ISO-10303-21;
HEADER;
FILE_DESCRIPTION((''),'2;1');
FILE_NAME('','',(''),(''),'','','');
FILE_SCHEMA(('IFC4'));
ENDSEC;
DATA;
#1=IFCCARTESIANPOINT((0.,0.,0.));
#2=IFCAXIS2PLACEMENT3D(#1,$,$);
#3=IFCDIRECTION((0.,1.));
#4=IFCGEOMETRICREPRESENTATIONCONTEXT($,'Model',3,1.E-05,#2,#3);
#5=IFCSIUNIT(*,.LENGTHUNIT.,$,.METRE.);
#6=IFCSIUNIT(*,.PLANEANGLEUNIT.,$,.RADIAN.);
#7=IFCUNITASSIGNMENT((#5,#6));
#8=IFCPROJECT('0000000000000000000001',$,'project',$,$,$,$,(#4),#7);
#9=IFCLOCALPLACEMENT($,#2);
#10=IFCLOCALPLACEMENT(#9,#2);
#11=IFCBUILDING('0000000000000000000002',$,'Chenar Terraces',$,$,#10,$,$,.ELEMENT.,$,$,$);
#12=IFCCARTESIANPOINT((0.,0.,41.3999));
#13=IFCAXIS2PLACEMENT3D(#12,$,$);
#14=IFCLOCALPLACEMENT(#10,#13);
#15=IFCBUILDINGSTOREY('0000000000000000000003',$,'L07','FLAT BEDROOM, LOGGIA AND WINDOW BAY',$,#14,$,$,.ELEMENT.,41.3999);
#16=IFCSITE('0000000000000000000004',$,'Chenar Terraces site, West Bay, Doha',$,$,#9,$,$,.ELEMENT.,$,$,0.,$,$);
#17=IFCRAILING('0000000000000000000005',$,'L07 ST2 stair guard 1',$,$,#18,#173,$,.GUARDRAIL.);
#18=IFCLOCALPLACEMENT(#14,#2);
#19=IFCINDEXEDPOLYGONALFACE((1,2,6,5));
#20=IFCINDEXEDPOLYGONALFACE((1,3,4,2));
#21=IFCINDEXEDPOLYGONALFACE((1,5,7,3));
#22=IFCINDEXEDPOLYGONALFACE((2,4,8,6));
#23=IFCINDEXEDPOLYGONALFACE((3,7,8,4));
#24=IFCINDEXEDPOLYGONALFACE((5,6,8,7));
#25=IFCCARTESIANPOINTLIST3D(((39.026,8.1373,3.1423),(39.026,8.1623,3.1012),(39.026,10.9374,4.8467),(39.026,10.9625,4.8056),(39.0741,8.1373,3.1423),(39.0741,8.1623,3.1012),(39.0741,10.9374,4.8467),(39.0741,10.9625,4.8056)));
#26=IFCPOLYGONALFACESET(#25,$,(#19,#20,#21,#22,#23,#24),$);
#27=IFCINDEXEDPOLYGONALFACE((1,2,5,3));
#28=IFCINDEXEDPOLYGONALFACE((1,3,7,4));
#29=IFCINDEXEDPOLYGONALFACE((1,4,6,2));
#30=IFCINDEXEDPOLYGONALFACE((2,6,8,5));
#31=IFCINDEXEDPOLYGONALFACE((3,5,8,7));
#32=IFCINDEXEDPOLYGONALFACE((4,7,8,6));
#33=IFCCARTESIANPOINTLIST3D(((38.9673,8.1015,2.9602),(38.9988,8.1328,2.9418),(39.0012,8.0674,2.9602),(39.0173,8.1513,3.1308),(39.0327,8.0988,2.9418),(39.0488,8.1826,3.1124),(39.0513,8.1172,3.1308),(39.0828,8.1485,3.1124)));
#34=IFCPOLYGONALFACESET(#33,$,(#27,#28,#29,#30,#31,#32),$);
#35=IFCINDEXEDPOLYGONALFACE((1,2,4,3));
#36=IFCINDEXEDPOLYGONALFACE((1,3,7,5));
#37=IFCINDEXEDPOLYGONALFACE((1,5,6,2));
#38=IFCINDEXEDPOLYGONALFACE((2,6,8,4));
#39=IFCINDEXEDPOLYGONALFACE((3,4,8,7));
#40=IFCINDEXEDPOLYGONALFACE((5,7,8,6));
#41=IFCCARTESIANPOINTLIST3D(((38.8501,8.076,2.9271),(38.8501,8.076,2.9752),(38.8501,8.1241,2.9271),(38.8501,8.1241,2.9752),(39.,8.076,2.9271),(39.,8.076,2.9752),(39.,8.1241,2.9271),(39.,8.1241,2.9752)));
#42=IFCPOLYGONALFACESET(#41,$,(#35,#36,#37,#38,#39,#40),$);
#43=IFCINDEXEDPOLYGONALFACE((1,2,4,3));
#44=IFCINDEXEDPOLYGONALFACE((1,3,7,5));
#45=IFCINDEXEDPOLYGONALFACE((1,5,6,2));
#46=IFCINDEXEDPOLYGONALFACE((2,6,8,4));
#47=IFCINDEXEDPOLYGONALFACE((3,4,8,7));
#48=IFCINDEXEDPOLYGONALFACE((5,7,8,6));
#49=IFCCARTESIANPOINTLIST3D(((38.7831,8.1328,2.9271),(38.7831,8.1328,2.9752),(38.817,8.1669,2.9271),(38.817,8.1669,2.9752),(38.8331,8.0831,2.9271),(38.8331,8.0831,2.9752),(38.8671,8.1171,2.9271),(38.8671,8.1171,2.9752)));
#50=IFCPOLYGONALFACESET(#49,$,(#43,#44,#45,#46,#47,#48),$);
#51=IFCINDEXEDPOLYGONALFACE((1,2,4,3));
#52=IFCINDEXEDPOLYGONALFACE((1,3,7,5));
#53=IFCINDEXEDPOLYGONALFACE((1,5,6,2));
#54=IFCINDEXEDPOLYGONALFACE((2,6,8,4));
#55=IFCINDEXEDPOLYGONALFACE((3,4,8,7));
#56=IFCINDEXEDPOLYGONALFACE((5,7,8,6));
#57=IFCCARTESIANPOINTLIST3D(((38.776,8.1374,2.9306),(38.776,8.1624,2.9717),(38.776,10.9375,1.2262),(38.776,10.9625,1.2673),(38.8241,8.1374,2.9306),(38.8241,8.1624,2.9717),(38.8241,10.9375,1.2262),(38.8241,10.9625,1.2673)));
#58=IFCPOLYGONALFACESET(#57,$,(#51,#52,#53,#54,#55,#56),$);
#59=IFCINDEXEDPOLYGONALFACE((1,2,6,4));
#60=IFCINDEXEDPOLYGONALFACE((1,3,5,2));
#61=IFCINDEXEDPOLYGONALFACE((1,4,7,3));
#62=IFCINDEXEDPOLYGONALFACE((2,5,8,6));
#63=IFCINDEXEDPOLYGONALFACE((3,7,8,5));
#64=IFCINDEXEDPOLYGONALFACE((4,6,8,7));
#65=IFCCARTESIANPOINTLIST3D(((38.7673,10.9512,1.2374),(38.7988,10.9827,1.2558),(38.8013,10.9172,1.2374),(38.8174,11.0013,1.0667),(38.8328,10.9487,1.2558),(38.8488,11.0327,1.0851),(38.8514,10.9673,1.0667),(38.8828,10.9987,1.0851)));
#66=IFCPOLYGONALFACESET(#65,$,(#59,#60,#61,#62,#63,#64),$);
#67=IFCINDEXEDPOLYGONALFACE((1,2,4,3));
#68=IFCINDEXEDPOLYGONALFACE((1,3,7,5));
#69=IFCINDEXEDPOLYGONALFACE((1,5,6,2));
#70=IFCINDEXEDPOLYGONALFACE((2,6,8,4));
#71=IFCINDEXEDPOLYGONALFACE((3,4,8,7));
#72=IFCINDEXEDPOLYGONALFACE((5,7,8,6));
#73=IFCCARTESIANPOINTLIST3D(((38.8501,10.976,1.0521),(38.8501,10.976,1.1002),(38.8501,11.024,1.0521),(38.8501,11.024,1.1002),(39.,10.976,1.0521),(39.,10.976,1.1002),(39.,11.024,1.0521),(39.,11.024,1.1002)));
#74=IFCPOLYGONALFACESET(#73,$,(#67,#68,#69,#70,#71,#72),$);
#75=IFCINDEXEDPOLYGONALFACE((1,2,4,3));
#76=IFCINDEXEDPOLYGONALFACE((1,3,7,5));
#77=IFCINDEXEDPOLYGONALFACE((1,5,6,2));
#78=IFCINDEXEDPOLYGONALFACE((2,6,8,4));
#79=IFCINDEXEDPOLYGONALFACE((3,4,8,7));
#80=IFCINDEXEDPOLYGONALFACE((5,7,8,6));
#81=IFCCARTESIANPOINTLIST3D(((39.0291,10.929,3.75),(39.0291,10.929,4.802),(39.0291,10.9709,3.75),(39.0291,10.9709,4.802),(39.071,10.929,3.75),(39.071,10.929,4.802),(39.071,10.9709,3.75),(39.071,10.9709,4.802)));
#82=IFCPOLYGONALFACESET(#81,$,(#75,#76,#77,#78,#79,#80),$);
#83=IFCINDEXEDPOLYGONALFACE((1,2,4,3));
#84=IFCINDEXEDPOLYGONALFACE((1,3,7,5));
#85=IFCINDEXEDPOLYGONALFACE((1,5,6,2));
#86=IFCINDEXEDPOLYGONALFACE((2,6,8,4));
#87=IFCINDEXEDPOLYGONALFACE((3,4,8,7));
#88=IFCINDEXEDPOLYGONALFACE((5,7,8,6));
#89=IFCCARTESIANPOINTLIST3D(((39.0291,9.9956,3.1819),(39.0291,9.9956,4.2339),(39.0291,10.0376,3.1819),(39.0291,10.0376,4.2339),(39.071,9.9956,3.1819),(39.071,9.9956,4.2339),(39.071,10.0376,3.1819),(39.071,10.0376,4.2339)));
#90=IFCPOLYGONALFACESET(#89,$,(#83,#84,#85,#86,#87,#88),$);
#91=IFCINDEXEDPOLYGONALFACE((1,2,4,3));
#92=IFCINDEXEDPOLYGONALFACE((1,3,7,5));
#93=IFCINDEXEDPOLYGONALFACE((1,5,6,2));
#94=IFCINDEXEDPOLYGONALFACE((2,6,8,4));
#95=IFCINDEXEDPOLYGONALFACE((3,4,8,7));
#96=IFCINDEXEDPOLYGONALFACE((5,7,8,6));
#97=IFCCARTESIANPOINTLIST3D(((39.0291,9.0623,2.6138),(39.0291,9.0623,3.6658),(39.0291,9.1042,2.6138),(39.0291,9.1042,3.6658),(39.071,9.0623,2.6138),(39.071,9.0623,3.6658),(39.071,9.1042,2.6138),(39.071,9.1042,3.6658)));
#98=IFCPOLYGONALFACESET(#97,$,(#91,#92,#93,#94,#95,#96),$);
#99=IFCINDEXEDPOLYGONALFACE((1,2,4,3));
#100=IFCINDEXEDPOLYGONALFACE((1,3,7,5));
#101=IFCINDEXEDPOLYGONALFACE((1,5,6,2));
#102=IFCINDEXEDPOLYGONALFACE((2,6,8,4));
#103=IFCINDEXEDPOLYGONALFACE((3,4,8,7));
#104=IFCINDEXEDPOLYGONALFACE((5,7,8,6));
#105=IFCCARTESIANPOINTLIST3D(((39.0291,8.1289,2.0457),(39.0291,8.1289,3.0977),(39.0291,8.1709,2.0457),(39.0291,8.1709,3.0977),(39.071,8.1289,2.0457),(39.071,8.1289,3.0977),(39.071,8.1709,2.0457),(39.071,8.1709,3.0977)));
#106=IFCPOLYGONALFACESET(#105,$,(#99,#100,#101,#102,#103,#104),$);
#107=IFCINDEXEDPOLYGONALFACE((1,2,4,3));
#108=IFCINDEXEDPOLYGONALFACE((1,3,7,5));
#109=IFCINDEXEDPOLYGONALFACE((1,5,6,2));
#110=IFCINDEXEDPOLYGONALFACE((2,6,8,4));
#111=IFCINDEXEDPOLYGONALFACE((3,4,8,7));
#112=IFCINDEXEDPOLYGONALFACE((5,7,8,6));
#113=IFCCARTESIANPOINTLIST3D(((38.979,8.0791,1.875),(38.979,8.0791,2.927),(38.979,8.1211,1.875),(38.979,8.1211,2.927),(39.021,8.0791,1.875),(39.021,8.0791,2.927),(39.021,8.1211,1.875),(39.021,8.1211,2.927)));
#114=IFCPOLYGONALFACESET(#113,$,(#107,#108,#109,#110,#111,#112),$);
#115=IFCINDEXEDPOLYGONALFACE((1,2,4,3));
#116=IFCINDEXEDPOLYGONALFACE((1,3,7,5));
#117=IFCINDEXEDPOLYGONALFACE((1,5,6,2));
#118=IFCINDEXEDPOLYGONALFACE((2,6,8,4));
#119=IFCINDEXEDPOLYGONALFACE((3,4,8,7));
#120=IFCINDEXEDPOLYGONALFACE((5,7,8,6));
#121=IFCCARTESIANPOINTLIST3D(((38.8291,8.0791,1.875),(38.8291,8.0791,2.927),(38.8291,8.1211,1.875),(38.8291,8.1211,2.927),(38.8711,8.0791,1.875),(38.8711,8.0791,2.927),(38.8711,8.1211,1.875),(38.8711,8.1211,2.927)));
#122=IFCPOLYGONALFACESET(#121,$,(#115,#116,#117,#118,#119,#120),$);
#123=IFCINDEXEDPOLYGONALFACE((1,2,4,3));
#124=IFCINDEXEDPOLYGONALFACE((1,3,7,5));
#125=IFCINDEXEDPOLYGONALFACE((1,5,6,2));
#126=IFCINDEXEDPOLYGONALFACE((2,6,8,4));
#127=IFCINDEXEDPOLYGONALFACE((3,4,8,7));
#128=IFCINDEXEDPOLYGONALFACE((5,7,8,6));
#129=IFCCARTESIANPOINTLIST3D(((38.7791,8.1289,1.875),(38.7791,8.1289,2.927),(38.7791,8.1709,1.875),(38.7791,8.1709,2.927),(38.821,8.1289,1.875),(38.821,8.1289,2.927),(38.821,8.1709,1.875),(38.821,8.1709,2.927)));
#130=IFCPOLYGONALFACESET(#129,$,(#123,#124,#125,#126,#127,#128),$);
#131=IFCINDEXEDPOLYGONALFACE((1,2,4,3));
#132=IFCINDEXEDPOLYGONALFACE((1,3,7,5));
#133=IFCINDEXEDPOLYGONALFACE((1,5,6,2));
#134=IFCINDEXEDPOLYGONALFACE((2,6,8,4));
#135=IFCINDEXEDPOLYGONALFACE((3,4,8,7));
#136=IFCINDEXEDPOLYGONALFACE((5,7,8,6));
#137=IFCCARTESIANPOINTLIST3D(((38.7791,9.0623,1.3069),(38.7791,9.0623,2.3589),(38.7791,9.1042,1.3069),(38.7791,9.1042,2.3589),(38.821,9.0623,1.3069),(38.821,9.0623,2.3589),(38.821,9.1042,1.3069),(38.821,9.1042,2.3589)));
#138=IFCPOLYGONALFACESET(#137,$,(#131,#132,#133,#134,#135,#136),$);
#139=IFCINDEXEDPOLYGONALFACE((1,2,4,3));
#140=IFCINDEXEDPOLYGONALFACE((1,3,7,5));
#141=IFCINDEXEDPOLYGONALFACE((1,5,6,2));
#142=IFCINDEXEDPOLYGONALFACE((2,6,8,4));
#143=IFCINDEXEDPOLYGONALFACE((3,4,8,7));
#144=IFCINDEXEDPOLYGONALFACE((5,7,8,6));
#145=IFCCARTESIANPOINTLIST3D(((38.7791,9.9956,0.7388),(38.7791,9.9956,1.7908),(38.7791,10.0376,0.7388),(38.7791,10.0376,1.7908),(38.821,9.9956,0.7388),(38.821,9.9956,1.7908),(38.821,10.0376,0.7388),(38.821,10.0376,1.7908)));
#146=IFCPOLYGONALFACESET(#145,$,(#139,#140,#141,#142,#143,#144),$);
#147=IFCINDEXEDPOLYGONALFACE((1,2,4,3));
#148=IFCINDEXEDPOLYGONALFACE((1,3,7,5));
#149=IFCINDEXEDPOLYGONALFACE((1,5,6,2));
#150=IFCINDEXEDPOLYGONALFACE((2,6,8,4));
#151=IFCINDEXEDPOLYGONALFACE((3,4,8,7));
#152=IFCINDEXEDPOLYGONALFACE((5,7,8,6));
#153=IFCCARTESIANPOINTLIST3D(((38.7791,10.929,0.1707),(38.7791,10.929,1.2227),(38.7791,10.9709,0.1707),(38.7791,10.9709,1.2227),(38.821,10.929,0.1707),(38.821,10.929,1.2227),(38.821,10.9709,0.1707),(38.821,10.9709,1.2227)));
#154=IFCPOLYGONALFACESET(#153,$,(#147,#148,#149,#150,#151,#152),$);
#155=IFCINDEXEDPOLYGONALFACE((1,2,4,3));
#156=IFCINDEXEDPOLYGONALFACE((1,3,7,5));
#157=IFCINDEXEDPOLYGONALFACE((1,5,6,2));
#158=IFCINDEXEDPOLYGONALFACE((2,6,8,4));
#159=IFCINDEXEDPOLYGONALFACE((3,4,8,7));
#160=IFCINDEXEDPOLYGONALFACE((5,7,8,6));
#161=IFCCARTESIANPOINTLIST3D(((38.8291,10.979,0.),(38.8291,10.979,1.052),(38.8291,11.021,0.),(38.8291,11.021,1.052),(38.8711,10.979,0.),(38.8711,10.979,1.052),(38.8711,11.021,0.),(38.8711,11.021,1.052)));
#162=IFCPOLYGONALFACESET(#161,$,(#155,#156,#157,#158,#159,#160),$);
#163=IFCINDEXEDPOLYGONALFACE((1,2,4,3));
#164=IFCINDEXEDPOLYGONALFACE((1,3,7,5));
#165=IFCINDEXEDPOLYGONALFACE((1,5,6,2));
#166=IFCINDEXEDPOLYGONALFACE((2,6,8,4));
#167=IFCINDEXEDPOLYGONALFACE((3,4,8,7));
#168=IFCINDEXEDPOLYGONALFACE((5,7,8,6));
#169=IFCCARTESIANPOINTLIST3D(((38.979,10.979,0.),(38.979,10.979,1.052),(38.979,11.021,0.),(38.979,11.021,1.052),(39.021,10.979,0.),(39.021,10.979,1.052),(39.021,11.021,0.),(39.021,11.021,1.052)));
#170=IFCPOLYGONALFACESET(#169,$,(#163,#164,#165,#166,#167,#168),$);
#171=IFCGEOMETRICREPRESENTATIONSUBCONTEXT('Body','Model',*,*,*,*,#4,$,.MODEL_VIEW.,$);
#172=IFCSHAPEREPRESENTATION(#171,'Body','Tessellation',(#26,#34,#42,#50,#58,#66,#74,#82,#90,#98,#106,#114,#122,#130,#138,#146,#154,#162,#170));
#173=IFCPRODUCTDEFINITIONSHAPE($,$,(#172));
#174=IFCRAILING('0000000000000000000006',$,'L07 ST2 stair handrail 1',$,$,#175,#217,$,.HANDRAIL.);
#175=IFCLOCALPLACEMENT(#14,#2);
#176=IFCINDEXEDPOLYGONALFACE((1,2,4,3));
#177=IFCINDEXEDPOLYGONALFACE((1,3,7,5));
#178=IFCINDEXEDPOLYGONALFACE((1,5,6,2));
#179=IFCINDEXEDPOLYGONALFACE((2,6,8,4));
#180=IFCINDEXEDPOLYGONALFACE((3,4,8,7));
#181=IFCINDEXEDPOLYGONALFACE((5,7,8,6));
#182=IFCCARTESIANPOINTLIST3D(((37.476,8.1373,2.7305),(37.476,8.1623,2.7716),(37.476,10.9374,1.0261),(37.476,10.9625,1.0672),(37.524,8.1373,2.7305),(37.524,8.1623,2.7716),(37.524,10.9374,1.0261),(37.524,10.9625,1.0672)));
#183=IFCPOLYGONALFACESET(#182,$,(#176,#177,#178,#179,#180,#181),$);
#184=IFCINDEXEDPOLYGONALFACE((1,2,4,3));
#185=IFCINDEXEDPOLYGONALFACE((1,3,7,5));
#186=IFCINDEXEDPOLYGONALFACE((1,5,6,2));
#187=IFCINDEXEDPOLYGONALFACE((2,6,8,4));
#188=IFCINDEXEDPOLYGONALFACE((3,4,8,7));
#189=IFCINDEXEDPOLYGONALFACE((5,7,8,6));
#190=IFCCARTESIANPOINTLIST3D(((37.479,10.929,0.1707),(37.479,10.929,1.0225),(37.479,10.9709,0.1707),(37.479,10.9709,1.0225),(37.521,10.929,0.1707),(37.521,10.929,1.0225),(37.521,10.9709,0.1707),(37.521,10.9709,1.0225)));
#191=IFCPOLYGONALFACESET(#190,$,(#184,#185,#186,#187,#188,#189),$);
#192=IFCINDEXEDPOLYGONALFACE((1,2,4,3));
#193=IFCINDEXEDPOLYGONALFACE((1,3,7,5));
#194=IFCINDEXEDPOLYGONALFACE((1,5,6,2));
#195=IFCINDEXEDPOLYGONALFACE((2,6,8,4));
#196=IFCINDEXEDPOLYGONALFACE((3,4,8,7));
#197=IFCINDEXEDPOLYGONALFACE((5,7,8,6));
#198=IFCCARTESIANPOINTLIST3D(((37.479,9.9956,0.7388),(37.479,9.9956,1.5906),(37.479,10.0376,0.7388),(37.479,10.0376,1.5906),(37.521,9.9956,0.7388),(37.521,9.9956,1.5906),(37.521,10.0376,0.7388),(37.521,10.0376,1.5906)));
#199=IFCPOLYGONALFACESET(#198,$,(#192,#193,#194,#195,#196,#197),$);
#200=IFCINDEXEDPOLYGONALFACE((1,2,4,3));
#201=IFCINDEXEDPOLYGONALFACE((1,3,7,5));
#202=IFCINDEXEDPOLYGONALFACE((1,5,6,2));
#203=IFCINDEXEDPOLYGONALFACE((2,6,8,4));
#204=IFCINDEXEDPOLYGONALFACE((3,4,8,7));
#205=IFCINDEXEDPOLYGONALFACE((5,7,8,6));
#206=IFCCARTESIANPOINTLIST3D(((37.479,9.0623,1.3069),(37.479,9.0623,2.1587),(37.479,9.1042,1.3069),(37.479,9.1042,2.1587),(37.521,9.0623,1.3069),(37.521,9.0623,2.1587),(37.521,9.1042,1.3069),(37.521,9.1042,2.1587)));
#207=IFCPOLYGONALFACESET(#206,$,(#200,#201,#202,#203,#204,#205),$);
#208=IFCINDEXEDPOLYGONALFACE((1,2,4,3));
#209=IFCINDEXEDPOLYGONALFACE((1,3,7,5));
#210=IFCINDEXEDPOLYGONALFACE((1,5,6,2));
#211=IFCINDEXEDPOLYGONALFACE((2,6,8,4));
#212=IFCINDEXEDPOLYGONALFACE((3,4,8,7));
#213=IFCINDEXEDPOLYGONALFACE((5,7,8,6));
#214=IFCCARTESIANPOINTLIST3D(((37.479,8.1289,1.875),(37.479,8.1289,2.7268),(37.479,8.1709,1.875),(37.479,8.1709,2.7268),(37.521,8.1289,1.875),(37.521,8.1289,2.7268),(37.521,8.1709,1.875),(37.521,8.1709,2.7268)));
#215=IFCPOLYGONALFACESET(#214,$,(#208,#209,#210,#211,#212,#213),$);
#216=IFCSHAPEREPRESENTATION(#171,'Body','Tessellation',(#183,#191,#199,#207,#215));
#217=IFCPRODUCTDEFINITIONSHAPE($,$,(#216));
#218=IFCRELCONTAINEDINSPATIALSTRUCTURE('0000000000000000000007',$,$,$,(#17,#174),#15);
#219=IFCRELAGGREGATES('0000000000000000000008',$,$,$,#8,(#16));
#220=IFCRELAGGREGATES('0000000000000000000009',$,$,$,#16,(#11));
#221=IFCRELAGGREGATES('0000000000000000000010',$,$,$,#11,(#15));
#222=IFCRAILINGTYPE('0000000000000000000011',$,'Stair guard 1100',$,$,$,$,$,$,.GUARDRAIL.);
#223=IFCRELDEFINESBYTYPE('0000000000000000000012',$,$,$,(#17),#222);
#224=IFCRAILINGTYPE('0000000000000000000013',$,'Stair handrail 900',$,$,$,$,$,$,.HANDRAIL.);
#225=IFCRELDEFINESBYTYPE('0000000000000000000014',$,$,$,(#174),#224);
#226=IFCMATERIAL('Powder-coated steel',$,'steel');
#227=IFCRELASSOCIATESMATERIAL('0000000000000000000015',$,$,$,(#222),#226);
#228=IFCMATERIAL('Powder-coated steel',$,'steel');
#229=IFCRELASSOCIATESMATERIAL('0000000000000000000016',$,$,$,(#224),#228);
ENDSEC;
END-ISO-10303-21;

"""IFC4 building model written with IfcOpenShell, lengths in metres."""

from ifc_helpers import new_model, si_unit, direction, frame, origin, origin_2d, place, context, subcontext, project, spatial, rectangle, extrude, material, type_object, element, save


model = new_model("IFC4")

# Units and contexts
model_context = context("Model", 3, precision=1e-05, world=origin(), true_north=direction((0.0, 1.0)))
body_context = subcontext(model_context, "Body", "Model", "MODEL_VIEW")
ifc_project = project(units=[si_unit("LENGTHUNIT", "METRE"), si_unit("PLANEANGLEUNIT", "RADIAN")], contexts=[model_context])

# Site, building, storey
site_placement = place(None, origin())
site = spatial("IfcSite", under=ifc_project, at=site_placement, Name="Chenar Terraces site, West Bay, Doha", CompositionType="ELEMENT", RefElevation=0.0)
building_placement = place(site_placement, origin())
building = spatial("IfcBuilding", under=site, at=building_placement, Name="Chenar Terraces", CompositionType="ELEMENT")
storey_placement = place(building_placement, frame((0.0, 0.0, 41.3999)))
storey = spatial("IfcBuildingStorey", under=building, at=storey_placement, Name="L07", Description="FLAT BEDROOM, LOGGIA AND WINDOW BAY", CompositionType="ELEMENT", Elevation=41.3999)

# Railings
ifc_material_1 = material(Name="Powder-coated steel", Category="steel")
railing_type_1 = type_object("IfcRailingType", Name="Stair guard 1100", PredefinedType="GUARDRAIL", material=ifc_material_1)
railing_1_placement = place(storey_placement, frame((39.05, 10.95, 3.75)))
element("IfcRailing", 1, at=railing_1_placement, inside=storey, type_object=railing_type_1, Name="L07 ST2 stair guard 1", PredefinedType="GUARDRAIL", context=body_context, shape_type="SweptSolid", body=[
    extrude(rectangle(XDim=0.0481, YDim=0.0481, at=origin_2d()), frame((0.0, 0.0, 1.0762), z_axis=(0.0, -0.854203, -0.51994), x_axis=(1.0, 0.0, 0.0)), (0.0, 0.0, 1.0), 3.2781),
    extrude(rectangle(XDim=0.0481, YDim=0.0481, at=origin_2d()), frame((0.0, -2.8, -0.6284), z_axis=(-0.270997, -0.269675, -0.924033), x_axis=(0.705376, -0.708834, 0.0)), (0.0, 0.0, 1.0), 0.1846),
    extrude(rectangle(XDim=0.0481, YDim=0.0481, at=origin_2d()), frame((-0.05, -2.8499, -0.7988), z_axis=(-1.0, 0.0, 0.0), x_axis=(0.0, -1.0, 0.0)), (0.0, 0.0, 1.0), 0.1499),
    extrude(rectangle(XDim=0.0481, YDim=0.0481, at=origin_2d()), frame((-0.2, -2.8499, -0.7988), z_axis=(-0.708834, 0.705376, 0.0), x_axis=(-0.705376, -0.708834, 0.0)), (0.0, 0.0, 1.0), 0.0706),
    extrude(rectangle(XDim=0.0481, YDim=0.0481, at=origin_2d()), frame((-0.25, -2.8, -0.7988), z_axis=(0.0, 0.854203, -0.51994), x_axis=(-1.0, 0.0, 0.0)), (0.0, 0.0, 1.0), 3.2781),
    extrude(rectangle(XDim=0.0481, YDim=0.0481, at=origin_2d()), frame((-0.25, 0.0, -2.5034), z_axis=(0.2709, 0.2709, -0.923703), x_axis=(-0.707107, 0.707107, 0.0)), (0.0, 0.0, 1.0), 0.1848),
    extrude(rectangle(XDim=0.0481, YDim=0.0481, at=origin_2d()), frame((-0.2, 0.05, -2.6738), z_axis=(1.0, 0.0, 0.0), x_axis=(0.0, 1.0, 0.0)), (0.0, 0.0, 1.0), 0.1499),
    extrude(rectangle(XDim=0.042, YDim=0.042, at=origin_2d()), origin(), (0.0, 0.0, 1.0), 1.052),
    extrude(rectangle(XDim=0.042, YDim=0.042, at=origin_2d()), frame((0.0, -0.9333, -0.5681)), (0.0, 0.0, 1.0), 1.052),
    extrude(rectangle(XDim=0.042, YDim=0.042, at=origin_2d()), frame((0.0, -1.8667, -1.1362)), (0.0, 0.0, 1.0), 1.052),
    extrude(rectangle(XDim=0.042, YDim=0.042, at=origin_2d()), frame((0.0, -2.8, -1.7043)), (0.0, 0.0, 1.0), 1.052),
    extrude(rectangle(XDim=0.042, YDim=0.042, at=origin_2d()), frame((-0.05, -2.8499, -1.875)), (0.0, 0.0, 1.0), 1.052),
    extrude(rectangle(XDim=0.042, YDim=0.042, at=origin_2d()), frame((-0.2, -2.8499, -1.875)), (0.0, 0.0, 1.0), 1.052),
    extrude(rectangle(XDim=0.042, YDim=0.042, at=origin_2d()), frame((-0.25, -2.8, -1.875)), (0.0, 0.0, 1.0), 1.052),
    extrude(rectangle(XDim=0.042, YDim=0.042, at=origin_2d()), frame((-0.25, -1.8667, -2.4431)), (0.0, 0.0, 1.0), 1.052),
    extrude(rectangle(XDim=0.042, YDim=0.042, at=origin_2d()), frame((-0.25, -0.9333, -3.0112)), (0.0, 0.0, 1.0), 1.052),
    extrude(rectangle(XDim=0.042, YDim=0.042, at=origin_2d()), frame((-0.25, 0.0, -3.5793)), (0.0, 0.0, 1.0), 1.052),
    extrude(rectangle(XDim=0.042, YDim=0.042, at=origin_2d()), frame((-0.2, 0.05, -3.75)), (0.0, 0.0, 1.0), 1.052),
    extrude(rectangle(XDim=0.042, YDim=0.042, at=origin_2d()), frame((-0.05, 0.05, -3.75)), (0.0, 0.0, 1.0), 1.052),
])
ifc_material_2 = material(Name="Powder-coated steel", Category="steel")
railing_type_2 = type_object("IfcRailingType", Name="Stair handrail 900", PredefinedType="HANDRAIL", material=ifc_material_2)
railing_2_placement = place(storey_placement, frame((37.5, 10.95, 0.1707)))
element("IfcRailing", 2, at=railing_2_placement, inside=storey, type_object=railing_type_2, Name="L07 ST2 stair handrail 1", PredefinedType="HANDRAIL", context=body_context, shape_type="SweptSolid", body=[
    extrude(rectangle(XDim=0.0481, YDim=0.0481, at=origin_2d()), frame((0.0, 0.0, 0.876), z_axis=(0.0, -0.854203, 0.51994), x_axis=(1.0, 0.0, 0.0)), (0.0, 0.0, 1.0), 3.2781),
    extrude(rectangle(XDim=0.042, YDim=0.042, at=origin_2d()), origin(), (0.0, 0.0, 1.0), 0.8518),
    extrude(rectangle(XDim=0.042, YDim=0.042, at=origin_2d()), frame((0.0, -0.9333, 0.5681)), (0.0, 0.0, 1.0), 0.8518),
    extrude(rectangle(XDim=0.042, YDim=0.042, at=origin_2d()), frame((0.0, -1.8667, 1.1362)), (0.0, 0.0, 1.0), 0.8518),
    extrude(rectangle(XDim=0.042, YDim=0.042, at=origin_2d()), frame((0.0, -2.8, 1.7043)), (0.0, 0.0, 1.0), 0.8518),
])

save(model, "model.ifc")
